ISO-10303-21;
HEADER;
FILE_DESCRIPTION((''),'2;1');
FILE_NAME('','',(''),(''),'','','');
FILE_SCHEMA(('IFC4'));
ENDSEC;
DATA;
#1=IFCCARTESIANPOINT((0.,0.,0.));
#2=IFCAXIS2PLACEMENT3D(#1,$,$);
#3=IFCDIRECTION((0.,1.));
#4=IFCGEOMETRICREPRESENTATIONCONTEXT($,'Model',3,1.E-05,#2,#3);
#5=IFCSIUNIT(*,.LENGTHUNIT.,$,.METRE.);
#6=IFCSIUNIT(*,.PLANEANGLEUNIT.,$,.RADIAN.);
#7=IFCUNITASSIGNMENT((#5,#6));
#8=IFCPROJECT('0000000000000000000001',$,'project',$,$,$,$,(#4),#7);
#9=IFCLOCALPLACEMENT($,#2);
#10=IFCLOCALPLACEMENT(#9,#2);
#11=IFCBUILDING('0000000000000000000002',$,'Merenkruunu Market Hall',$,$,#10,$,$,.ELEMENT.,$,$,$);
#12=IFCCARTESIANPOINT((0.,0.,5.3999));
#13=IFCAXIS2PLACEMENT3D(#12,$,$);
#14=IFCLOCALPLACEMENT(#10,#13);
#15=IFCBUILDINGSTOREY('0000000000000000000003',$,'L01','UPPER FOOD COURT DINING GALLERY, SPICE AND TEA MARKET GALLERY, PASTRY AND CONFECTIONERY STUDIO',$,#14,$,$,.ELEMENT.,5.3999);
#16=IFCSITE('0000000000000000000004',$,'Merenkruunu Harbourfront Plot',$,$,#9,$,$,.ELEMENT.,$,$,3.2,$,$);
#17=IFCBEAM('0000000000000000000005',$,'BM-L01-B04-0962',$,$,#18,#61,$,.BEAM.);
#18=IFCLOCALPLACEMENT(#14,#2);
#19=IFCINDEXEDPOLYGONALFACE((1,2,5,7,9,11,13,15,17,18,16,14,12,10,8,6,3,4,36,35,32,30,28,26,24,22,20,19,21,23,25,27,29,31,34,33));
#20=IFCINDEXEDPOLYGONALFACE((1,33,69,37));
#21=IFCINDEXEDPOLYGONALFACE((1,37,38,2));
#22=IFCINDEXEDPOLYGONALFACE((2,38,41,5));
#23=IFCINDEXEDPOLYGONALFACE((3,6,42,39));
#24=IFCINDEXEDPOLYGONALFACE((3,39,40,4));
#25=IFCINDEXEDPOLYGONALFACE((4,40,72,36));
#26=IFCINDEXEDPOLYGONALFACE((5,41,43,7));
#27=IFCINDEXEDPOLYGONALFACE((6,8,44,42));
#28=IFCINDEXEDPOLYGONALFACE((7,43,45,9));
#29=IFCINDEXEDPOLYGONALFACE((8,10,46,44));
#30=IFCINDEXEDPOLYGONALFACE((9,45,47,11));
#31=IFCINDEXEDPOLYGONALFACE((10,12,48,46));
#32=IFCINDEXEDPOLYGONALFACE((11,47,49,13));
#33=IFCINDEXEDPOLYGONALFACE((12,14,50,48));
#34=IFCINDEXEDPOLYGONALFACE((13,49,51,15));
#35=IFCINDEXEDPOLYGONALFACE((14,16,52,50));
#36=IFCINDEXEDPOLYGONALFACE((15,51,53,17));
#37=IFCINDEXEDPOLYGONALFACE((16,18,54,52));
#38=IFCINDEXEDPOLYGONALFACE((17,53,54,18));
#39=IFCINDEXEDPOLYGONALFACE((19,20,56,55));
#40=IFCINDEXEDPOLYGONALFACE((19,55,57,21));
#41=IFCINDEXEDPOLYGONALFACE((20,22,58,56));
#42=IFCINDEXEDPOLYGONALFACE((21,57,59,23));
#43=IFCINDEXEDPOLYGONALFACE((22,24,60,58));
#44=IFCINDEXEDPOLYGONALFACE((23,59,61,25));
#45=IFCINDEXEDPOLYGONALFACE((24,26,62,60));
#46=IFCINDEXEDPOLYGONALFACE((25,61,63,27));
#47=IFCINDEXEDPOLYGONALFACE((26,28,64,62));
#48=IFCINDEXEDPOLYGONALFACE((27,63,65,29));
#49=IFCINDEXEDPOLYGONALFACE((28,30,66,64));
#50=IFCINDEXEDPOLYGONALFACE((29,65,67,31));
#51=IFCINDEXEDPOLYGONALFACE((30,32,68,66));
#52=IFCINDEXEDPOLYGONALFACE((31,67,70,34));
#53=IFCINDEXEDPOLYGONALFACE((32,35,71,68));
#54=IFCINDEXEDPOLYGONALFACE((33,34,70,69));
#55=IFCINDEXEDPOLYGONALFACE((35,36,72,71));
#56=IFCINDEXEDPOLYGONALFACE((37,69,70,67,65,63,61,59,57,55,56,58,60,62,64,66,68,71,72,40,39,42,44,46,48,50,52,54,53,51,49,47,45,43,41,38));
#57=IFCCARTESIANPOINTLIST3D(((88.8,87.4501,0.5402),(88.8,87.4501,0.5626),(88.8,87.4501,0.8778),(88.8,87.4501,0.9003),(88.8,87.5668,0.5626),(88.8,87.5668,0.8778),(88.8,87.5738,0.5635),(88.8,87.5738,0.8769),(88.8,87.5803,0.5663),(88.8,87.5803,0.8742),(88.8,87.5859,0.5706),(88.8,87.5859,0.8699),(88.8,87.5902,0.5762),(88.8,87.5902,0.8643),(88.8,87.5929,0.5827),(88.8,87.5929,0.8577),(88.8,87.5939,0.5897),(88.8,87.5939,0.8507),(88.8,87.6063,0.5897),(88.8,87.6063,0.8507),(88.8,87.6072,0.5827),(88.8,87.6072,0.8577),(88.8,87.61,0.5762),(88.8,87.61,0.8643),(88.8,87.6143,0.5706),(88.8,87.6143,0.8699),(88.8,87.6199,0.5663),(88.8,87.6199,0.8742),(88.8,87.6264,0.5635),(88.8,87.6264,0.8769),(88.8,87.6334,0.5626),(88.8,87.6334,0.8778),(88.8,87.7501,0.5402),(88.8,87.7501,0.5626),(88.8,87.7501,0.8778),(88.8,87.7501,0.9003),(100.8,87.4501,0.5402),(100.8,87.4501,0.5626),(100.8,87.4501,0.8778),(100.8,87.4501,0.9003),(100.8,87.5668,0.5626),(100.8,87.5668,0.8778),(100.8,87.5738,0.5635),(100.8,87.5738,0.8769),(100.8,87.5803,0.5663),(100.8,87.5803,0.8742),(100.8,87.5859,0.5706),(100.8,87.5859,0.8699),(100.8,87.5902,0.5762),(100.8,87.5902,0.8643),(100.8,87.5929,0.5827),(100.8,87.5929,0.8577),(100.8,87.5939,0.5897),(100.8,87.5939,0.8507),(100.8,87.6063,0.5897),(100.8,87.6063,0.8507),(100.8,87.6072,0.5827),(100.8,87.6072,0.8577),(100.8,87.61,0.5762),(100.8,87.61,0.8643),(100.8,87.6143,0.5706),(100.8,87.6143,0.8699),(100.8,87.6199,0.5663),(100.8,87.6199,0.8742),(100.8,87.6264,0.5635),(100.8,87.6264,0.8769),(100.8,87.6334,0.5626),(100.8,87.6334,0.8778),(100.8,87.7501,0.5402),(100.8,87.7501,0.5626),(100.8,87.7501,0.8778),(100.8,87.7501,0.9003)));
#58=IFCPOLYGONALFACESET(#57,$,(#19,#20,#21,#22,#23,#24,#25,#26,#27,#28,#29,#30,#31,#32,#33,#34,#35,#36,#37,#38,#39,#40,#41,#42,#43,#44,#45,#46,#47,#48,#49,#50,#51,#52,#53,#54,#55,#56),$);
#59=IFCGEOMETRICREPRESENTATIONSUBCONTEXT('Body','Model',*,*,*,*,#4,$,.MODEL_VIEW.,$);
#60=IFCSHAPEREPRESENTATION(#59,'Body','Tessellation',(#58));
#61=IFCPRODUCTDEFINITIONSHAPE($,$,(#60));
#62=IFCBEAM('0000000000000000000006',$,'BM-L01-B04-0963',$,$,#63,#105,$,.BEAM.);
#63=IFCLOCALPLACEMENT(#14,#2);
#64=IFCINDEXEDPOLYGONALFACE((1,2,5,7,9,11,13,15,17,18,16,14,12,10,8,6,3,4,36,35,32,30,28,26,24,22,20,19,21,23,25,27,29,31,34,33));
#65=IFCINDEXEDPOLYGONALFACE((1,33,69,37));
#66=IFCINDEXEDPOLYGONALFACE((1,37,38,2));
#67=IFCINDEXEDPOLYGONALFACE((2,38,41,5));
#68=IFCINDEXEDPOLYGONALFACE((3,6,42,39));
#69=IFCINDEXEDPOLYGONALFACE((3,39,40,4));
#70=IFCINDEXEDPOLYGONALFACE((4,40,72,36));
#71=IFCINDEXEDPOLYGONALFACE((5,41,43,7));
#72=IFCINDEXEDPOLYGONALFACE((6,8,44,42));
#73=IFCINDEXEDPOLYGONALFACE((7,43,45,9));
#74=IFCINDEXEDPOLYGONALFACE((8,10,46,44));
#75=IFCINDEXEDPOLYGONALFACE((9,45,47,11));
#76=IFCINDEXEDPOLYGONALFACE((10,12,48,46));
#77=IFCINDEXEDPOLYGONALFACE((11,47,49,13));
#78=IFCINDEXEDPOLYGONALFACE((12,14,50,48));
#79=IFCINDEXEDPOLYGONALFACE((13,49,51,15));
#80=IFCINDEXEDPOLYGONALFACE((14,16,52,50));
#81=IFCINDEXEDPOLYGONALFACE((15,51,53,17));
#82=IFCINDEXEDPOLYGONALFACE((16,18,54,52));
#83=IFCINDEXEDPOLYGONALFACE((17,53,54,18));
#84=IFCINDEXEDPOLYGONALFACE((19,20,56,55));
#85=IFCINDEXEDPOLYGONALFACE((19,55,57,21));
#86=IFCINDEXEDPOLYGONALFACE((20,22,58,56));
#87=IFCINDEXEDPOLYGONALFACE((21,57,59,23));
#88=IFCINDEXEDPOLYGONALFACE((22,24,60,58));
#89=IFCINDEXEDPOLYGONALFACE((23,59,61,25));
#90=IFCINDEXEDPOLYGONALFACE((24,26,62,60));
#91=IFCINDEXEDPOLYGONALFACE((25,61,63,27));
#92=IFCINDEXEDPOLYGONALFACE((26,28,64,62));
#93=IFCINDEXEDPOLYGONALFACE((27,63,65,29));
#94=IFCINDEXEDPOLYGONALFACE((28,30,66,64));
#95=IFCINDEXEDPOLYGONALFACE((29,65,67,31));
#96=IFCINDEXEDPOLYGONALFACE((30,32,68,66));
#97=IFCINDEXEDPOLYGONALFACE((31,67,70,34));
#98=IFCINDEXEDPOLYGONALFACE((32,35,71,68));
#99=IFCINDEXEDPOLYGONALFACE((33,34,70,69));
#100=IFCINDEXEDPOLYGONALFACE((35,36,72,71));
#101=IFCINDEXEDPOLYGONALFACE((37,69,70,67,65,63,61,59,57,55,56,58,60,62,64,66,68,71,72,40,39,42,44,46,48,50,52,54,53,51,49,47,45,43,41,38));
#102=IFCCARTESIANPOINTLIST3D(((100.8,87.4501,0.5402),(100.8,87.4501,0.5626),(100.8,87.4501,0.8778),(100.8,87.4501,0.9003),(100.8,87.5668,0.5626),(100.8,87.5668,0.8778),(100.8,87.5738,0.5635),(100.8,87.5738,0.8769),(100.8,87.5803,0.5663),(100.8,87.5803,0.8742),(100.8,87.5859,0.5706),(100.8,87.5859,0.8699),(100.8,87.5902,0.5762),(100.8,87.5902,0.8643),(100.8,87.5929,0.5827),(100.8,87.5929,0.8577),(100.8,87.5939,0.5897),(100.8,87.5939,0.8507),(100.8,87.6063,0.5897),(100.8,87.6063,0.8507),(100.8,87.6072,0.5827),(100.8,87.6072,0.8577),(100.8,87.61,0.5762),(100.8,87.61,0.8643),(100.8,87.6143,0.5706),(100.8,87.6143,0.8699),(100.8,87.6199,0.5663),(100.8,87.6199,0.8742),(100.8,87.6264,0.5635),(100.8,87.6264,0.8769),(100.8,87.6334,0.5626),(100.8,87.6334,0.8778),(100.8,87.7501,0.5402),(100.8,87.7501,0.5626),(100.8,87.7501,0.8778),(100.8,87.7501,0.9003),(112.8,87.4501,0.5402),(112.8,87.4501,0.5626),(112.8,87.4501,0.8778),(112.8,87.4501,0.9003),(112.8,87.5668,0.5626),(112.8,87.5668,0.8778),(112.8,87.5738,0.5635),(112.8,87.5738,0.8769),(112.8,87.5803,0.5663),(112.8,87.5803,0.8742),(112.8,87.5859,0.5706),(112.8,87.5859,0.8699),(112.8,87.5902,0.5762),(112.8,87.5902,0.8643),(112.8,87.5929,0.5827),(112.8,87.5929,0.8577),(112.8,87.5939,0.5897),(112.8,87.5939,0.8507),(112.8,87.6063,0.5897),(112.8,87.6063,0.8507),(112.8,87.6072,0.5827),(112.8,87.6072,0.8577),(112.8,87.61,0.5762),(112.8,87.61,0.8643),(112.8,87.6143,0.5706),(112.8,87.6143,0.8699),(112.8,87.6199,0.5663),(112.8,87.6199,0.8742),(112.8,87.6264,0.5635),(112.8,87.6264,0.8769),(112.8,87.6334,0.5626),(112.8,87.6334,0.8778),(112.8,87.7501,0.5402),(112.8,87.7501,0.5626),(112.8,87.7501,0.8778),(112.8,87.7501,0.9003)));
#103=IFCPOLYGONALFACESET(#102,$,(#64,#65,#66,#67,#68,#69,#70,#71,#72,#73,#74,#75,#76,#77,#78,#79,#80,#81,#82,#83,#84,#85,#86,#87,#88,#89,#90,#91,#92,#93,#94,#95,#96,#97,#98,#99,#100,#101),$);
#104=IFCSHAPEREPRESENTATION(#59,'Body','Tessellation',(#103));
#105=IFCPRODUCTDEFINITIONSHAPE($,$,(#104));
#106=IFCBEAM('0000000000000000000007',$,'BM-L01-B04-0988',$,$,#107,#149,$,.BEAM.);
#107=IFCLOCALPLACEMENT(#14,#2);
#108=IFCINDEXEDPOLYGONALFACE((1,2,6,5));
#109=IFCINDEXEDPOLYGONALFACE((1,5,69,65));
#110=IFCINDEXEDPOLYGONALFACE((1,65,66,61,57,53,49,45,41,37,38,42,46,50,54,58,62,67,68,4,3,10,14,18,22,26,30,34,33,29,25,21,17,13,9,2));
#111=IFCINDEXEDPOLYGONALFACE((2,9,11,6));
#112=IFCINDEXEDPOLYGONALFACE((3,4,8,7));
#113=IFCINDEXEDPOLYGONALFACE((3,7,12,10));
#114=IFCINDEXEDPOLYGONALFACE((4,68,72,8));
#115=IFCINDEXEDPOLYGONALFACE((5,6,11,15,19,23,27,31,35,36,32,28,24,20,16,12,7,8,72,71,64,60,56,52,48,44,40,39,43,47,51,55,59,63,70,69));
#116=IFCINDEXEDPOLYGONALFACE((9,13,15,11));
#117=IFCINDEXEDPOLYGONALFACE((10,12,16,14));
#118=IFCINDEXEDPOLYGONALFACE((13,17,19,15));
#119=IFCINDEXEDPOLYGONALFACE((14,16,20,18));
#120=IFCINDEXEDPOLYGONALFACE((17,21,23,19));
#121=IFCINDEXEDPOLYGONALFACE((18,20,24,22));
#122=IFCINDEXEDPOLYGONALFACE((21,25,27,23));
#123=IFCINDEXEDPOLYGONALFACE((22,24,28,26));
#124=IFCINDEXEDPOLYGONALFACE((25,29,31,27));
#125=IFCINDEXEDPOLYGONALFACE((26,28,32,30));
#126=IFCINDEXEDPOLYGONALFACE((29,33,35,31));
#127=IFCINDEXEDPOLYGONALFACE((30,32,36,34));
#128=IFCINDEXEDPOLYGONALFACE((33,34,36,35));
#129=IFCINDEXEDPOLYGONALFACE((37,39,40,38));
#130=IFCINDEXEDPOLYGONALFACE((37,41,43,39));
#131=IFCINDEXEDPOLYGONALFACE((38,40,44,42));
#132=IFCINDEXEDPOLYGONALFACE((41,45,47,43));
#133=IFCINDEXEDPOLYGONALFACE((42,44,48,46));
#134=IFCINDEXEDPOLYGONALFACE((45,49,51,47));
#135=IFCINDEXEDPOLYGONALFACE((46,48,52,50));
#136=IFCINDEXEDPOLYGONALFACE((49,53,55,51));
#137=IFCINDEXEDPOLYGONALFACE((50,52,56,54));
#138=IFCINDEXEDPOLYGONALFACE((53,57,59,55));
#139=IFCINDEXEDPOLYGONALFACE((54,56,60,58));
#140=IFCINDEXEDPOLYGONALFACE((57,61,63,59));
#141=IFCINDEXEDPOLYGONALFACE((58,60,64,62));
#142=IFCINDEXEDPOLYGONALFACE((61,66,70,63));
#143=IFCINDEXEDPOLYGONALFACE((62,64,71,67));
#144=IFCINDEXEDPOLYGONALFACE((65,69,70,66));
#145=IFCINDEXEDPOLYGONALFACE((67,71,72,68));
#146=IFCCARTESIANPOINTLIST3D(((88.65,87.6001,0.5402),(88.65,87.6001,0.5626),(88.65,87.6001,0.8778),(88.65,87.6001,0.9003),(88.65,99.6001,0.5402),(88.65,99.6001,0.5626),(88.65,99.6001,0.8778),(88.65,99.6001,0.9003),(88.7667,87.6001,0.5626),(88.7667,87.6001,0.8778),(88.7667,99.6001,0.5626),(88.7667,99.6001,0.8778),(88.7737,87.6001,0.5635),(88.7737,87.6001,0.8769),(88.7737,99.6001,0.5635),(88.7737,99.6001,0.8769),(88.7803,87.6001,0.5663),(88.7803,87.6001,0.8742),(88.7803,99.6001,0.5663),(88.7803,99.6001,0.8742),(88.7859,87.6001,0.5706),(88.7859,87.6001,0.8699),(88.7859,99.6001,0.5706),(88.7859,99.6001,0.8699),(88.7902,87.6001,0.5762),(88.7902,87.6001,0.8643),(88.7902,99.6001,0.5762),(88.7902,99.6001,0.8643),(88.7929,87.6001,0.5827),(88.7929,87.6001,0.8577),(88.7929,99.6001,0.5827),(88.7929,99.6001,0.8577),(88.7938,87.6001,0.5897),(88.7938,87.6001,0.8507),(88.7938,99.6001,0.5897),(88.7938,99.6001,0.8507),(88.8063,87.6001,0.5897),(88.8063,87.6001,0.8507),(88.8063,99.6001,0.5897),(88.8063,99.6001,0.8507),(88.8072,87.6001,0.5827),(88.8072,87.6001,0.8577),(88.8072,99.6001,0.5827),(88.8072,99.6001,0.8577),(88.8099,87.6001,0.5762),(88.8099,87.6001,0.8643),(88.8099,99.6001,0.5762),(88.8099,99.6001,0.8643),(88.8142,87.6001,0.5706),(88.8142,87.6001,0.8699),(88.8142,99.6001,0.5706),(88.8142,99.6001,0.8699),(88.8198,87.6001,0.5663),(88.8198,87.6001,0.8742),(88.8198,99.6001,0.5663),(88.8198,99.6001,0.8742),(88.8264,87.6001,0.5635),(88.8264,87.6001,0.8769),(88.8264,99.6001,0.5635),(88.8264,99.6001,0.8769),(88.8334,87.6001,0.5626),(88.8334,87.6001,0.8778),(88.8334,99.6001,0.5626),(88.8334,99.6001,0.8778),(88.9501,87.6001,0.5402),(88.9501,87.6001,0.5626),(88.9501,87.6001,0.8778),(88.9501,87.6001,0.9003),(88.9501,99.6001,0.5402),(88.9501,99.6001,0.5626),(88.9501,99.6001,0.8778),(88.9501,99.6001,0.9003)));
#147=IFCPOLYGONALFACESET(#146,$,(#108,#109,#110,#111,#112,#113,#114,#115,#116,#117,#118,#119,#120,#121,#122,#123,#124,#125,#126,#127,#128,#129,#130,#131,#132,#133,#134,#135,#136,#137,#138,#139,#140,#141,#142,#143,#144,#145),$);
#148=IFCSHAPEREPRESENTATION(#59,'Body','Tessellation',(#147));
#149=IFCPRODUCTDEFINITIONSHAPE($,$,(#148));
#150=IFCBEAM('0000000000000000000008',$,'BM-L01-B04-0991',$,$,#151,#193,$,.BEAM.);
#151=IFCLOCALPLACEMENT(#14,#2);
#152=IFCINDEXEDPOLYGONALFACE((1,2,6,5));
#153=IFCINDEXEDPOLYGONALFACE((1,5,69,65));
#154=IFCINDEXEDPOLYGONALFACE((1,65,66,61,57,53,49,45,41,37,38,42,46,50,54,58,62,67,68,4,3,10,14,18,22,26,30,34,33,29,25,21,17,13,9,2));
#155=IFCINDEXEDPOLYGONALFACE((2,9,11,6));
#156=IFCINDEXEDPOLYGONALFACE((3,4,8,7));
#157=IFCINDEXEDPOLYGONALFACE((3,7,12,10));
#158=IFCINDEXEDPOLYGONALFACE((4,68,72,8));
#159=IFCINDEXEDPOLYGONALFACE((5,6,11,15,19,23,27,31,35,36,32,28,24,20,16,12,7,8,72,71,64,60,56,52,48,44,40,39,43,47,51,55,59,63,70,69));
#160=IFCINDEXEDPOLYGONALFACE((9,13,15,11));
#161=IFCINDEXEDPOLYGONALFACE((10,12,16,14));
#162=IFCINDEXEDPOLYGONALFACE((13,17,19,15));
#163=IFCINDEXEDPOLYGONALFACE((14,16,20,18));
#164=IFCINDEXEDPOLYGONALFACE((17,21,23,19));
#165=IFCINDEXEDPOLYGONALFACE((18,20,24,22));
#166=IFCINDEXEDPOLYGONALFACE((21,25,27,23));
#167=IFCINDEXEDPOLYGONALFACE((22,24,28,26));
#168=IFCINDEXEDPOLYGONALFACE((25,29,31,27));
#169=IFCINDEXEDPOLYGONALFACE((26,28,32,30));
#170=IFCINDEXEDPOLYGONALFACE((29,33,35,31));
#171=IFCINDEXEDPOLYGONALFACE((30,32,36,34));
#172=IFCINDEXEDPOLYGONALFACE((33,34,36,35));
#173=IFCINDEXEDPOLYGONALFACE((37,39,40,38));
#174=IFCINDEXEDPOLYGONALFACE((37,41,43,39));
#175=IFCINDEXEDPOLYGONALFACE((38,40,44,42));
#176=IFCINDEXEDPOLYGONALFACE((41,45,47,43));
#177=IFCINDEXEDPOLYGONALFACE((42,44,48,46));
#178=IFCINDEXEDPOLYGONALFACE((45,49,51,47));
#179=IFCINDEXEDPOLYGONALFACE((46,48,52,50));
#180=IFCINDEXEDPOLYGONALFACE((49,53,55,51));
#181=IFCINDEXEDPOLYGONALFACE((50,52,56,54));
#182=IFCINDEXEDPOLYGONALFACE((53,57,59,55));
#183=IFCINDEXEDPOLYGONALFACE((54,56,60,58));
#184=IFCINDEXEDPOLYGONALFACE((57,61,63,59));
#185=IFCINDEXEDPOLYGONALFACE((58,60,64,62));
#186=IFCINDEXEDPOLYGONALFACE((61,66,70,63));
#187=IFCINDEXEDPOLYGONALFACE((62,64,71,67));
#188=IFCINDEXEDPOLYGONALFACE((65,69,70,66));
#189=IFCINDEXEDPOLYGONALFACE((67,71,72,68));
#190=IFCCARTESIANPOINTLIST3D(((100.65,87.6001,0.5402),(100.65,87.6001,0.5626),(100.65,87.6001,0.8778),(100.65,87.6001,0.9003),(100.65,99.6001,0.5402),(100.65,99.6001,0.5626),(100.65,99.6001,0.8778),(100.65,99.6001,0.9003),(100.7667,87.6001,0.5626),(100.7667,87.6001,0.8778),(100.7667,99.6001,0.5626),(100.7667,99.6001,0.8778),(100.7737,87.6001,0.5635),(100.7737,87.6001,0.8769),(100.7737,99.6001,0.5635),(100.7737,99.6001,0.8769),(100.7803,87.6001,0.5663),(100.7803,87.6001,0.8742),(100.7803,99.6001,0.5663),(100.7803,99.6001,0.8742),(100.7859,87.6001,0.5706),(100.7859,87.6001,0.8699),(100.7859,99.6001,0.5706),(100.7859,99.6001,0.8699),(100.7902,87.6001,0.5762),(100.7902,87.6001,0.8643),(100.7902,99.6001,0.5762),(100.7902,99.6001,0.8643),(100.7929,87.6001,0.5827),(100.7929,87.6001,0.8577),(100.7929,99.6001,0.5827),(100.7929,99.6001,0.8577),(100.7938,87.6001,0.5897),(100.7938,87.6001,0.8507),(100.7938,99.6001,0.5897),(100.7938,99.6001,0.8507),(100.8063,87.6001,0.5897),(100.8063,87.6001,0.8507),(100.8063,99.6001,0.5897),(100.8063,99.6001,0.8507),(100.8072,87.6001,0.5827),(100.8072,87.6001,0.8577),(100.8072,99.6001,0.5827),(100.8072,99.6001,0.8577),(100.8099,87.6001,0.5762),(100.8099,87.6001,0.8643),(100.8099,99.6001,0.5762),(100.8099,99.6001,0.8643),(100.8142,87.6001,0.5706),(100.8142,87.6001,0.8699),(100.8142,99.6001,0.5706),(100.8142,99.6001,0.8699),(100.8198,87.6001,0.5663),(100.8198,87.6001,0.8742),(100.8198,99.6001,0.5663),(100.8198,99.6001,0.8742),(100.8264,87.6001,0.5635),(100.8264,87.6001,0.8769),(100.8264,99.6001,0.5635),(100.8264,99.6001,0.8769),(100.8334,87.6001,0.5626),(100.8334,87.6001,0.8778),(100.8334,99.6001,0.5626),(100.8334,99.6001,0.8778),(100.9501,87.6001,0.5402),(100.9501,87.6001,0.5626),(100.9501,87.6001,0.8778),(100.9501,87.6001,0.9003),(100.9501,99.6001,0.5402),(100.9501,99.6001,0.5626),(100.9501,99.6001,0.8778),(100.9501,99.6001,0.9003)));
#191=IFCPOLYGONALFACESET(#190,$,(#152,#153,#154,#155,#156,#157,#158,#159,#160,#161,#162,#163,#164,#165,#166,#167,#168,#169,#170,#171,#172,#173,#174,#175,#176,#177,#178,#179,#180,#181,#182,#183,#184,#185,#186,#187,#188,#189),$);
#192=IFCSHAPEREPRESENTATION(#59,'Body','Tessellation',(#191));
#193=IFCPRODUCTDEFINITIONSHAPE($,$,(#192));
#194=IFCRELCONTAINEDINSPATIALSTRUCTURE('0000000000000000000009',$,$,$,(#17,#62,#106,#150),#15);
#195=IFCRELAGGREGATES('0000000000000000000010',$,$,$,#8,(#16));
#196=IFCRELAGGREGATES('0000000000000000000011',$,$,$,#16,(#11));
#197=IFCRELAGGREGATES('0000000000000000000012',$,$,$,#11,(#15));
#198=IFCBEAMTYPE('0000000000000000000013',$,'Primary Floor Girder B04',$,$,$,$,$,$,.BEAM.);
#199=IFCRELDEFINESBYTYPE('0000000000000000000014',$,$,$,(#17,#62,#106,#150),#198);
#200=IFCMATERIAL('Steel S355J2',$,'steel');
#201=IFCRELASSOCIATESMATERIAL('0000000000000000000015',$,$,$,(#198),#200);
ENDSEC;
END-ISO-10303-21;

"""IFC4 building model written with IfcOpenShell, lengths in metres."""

from ifc_helpers import new_model, si_unit, direction, frame, origin, origin_2d, place, context, subcontext, project, spatial, i_section, extrude, material, material_profile, profile_set, type_object, element, save


model = new_model("IFC4")

# Units and contexts
model_context = context("Model", 3, precision=1e-05, world=origin(), true_north=direction((0.0, 1.0)))
body_context = subcontext(model_context, "Body", "Model", "MODEL_VIEW")
ifc_project = project(units=[si_unit("LENGTHUNIT", "METRE"), si_unit("PLANEANGLEUNIT", "RADIAN")], contexts=[model_context])

# Site, building, storey
site_placement = place(None, origin())
site = spatial("IfcSite", under=ifc_project, at=site_placement, Name="Merenkruunu Harbourfront Plot", CompositionType="ELEMENT", RefElevation=3.2)
building_placement = place(site_placement, origin())
building = spatial("IfcBuilding", under=site, at=building_placement, Name="Merenkruunu Market Hall", CompositionType="ELEMENT")
storey_placement = place(building_placement, frame((0.0, 0.0, 5.3999)))
storey = spatial("IfcBuildingStorey", under=building, at=storey_placement, Name="L01", Description="UPPER FOOD COURT DINING GALLERY, SPICE AND TEA MARKET GALLERY, PASTRY AND CONFECTIONERY STUDIO", CompositionType="ELEMENT", Elevation=5.3999)

# Beams
ifc_material_1 = material(Name="Steel S355J2", Category="steel")
ifc_material_profile_1 = material_profile(ifc_material_1, i_section(OverallWidth=0.3, OverallDepth=0.3601, WebThickness=0.0125, FlangeThickness=0.0225, FilletRadius=0.0271, at=origin_2d()), Name="HEB 360")
ifc_profile_set_1 = profile_set([ifc_material_profile_1], Name="Steel S355J2")
beam_type_1 = type_object("IfcBeamType", Name="Primary Floor Girder B04", PredefinedType="BEAM", material=ifc_profile_set_1)
for number, where, z_axis, x_axis, name in (
    (1, (88.8, 87.6001, 0.7202), (1.0, 0.0, 0.0), (0.0, 1.0, 0.0), "BM-L01-B04-0962"),
    (2, (100.8, 87.6001, 0.7202), (1.0, 0.0, 0.0), (0.0, 1.0, 0.0), "BM-L01-B04-0963"),
    (3, (88.8, 87.6001, 0.7202), (0.0, 1.0, 0.0), (-1.0, 0.0, 0.0), "BM-L01-B04-0988"),
    (4, (100.8, 87.6001, 0.7202), (0.0, 1.0, 0.0), (-1.0, 0.0, 0.0), "BM-L01-B04-0991"),
):
    element("IfcBeam", number, at=place(storey_placement, frame(where, z_axis=z_axis, x_axis=x_axis)), inside=storey, type_object=beam_type_1, Name=name, PredefinedType="BEAM", context=body_context, shape_type="SweptSolid", body=[
        extrude(i_section(OverallWidth=0.3, OverallDepth=0.3601, WebThickness=0.0125, FlangeThickness=0.0225, FilletRadius=0.0271, at=origin_2d()), origin(), (0.0, 0.0, 1.0), 12.0),
    ])

save(model, "model.ifc")
